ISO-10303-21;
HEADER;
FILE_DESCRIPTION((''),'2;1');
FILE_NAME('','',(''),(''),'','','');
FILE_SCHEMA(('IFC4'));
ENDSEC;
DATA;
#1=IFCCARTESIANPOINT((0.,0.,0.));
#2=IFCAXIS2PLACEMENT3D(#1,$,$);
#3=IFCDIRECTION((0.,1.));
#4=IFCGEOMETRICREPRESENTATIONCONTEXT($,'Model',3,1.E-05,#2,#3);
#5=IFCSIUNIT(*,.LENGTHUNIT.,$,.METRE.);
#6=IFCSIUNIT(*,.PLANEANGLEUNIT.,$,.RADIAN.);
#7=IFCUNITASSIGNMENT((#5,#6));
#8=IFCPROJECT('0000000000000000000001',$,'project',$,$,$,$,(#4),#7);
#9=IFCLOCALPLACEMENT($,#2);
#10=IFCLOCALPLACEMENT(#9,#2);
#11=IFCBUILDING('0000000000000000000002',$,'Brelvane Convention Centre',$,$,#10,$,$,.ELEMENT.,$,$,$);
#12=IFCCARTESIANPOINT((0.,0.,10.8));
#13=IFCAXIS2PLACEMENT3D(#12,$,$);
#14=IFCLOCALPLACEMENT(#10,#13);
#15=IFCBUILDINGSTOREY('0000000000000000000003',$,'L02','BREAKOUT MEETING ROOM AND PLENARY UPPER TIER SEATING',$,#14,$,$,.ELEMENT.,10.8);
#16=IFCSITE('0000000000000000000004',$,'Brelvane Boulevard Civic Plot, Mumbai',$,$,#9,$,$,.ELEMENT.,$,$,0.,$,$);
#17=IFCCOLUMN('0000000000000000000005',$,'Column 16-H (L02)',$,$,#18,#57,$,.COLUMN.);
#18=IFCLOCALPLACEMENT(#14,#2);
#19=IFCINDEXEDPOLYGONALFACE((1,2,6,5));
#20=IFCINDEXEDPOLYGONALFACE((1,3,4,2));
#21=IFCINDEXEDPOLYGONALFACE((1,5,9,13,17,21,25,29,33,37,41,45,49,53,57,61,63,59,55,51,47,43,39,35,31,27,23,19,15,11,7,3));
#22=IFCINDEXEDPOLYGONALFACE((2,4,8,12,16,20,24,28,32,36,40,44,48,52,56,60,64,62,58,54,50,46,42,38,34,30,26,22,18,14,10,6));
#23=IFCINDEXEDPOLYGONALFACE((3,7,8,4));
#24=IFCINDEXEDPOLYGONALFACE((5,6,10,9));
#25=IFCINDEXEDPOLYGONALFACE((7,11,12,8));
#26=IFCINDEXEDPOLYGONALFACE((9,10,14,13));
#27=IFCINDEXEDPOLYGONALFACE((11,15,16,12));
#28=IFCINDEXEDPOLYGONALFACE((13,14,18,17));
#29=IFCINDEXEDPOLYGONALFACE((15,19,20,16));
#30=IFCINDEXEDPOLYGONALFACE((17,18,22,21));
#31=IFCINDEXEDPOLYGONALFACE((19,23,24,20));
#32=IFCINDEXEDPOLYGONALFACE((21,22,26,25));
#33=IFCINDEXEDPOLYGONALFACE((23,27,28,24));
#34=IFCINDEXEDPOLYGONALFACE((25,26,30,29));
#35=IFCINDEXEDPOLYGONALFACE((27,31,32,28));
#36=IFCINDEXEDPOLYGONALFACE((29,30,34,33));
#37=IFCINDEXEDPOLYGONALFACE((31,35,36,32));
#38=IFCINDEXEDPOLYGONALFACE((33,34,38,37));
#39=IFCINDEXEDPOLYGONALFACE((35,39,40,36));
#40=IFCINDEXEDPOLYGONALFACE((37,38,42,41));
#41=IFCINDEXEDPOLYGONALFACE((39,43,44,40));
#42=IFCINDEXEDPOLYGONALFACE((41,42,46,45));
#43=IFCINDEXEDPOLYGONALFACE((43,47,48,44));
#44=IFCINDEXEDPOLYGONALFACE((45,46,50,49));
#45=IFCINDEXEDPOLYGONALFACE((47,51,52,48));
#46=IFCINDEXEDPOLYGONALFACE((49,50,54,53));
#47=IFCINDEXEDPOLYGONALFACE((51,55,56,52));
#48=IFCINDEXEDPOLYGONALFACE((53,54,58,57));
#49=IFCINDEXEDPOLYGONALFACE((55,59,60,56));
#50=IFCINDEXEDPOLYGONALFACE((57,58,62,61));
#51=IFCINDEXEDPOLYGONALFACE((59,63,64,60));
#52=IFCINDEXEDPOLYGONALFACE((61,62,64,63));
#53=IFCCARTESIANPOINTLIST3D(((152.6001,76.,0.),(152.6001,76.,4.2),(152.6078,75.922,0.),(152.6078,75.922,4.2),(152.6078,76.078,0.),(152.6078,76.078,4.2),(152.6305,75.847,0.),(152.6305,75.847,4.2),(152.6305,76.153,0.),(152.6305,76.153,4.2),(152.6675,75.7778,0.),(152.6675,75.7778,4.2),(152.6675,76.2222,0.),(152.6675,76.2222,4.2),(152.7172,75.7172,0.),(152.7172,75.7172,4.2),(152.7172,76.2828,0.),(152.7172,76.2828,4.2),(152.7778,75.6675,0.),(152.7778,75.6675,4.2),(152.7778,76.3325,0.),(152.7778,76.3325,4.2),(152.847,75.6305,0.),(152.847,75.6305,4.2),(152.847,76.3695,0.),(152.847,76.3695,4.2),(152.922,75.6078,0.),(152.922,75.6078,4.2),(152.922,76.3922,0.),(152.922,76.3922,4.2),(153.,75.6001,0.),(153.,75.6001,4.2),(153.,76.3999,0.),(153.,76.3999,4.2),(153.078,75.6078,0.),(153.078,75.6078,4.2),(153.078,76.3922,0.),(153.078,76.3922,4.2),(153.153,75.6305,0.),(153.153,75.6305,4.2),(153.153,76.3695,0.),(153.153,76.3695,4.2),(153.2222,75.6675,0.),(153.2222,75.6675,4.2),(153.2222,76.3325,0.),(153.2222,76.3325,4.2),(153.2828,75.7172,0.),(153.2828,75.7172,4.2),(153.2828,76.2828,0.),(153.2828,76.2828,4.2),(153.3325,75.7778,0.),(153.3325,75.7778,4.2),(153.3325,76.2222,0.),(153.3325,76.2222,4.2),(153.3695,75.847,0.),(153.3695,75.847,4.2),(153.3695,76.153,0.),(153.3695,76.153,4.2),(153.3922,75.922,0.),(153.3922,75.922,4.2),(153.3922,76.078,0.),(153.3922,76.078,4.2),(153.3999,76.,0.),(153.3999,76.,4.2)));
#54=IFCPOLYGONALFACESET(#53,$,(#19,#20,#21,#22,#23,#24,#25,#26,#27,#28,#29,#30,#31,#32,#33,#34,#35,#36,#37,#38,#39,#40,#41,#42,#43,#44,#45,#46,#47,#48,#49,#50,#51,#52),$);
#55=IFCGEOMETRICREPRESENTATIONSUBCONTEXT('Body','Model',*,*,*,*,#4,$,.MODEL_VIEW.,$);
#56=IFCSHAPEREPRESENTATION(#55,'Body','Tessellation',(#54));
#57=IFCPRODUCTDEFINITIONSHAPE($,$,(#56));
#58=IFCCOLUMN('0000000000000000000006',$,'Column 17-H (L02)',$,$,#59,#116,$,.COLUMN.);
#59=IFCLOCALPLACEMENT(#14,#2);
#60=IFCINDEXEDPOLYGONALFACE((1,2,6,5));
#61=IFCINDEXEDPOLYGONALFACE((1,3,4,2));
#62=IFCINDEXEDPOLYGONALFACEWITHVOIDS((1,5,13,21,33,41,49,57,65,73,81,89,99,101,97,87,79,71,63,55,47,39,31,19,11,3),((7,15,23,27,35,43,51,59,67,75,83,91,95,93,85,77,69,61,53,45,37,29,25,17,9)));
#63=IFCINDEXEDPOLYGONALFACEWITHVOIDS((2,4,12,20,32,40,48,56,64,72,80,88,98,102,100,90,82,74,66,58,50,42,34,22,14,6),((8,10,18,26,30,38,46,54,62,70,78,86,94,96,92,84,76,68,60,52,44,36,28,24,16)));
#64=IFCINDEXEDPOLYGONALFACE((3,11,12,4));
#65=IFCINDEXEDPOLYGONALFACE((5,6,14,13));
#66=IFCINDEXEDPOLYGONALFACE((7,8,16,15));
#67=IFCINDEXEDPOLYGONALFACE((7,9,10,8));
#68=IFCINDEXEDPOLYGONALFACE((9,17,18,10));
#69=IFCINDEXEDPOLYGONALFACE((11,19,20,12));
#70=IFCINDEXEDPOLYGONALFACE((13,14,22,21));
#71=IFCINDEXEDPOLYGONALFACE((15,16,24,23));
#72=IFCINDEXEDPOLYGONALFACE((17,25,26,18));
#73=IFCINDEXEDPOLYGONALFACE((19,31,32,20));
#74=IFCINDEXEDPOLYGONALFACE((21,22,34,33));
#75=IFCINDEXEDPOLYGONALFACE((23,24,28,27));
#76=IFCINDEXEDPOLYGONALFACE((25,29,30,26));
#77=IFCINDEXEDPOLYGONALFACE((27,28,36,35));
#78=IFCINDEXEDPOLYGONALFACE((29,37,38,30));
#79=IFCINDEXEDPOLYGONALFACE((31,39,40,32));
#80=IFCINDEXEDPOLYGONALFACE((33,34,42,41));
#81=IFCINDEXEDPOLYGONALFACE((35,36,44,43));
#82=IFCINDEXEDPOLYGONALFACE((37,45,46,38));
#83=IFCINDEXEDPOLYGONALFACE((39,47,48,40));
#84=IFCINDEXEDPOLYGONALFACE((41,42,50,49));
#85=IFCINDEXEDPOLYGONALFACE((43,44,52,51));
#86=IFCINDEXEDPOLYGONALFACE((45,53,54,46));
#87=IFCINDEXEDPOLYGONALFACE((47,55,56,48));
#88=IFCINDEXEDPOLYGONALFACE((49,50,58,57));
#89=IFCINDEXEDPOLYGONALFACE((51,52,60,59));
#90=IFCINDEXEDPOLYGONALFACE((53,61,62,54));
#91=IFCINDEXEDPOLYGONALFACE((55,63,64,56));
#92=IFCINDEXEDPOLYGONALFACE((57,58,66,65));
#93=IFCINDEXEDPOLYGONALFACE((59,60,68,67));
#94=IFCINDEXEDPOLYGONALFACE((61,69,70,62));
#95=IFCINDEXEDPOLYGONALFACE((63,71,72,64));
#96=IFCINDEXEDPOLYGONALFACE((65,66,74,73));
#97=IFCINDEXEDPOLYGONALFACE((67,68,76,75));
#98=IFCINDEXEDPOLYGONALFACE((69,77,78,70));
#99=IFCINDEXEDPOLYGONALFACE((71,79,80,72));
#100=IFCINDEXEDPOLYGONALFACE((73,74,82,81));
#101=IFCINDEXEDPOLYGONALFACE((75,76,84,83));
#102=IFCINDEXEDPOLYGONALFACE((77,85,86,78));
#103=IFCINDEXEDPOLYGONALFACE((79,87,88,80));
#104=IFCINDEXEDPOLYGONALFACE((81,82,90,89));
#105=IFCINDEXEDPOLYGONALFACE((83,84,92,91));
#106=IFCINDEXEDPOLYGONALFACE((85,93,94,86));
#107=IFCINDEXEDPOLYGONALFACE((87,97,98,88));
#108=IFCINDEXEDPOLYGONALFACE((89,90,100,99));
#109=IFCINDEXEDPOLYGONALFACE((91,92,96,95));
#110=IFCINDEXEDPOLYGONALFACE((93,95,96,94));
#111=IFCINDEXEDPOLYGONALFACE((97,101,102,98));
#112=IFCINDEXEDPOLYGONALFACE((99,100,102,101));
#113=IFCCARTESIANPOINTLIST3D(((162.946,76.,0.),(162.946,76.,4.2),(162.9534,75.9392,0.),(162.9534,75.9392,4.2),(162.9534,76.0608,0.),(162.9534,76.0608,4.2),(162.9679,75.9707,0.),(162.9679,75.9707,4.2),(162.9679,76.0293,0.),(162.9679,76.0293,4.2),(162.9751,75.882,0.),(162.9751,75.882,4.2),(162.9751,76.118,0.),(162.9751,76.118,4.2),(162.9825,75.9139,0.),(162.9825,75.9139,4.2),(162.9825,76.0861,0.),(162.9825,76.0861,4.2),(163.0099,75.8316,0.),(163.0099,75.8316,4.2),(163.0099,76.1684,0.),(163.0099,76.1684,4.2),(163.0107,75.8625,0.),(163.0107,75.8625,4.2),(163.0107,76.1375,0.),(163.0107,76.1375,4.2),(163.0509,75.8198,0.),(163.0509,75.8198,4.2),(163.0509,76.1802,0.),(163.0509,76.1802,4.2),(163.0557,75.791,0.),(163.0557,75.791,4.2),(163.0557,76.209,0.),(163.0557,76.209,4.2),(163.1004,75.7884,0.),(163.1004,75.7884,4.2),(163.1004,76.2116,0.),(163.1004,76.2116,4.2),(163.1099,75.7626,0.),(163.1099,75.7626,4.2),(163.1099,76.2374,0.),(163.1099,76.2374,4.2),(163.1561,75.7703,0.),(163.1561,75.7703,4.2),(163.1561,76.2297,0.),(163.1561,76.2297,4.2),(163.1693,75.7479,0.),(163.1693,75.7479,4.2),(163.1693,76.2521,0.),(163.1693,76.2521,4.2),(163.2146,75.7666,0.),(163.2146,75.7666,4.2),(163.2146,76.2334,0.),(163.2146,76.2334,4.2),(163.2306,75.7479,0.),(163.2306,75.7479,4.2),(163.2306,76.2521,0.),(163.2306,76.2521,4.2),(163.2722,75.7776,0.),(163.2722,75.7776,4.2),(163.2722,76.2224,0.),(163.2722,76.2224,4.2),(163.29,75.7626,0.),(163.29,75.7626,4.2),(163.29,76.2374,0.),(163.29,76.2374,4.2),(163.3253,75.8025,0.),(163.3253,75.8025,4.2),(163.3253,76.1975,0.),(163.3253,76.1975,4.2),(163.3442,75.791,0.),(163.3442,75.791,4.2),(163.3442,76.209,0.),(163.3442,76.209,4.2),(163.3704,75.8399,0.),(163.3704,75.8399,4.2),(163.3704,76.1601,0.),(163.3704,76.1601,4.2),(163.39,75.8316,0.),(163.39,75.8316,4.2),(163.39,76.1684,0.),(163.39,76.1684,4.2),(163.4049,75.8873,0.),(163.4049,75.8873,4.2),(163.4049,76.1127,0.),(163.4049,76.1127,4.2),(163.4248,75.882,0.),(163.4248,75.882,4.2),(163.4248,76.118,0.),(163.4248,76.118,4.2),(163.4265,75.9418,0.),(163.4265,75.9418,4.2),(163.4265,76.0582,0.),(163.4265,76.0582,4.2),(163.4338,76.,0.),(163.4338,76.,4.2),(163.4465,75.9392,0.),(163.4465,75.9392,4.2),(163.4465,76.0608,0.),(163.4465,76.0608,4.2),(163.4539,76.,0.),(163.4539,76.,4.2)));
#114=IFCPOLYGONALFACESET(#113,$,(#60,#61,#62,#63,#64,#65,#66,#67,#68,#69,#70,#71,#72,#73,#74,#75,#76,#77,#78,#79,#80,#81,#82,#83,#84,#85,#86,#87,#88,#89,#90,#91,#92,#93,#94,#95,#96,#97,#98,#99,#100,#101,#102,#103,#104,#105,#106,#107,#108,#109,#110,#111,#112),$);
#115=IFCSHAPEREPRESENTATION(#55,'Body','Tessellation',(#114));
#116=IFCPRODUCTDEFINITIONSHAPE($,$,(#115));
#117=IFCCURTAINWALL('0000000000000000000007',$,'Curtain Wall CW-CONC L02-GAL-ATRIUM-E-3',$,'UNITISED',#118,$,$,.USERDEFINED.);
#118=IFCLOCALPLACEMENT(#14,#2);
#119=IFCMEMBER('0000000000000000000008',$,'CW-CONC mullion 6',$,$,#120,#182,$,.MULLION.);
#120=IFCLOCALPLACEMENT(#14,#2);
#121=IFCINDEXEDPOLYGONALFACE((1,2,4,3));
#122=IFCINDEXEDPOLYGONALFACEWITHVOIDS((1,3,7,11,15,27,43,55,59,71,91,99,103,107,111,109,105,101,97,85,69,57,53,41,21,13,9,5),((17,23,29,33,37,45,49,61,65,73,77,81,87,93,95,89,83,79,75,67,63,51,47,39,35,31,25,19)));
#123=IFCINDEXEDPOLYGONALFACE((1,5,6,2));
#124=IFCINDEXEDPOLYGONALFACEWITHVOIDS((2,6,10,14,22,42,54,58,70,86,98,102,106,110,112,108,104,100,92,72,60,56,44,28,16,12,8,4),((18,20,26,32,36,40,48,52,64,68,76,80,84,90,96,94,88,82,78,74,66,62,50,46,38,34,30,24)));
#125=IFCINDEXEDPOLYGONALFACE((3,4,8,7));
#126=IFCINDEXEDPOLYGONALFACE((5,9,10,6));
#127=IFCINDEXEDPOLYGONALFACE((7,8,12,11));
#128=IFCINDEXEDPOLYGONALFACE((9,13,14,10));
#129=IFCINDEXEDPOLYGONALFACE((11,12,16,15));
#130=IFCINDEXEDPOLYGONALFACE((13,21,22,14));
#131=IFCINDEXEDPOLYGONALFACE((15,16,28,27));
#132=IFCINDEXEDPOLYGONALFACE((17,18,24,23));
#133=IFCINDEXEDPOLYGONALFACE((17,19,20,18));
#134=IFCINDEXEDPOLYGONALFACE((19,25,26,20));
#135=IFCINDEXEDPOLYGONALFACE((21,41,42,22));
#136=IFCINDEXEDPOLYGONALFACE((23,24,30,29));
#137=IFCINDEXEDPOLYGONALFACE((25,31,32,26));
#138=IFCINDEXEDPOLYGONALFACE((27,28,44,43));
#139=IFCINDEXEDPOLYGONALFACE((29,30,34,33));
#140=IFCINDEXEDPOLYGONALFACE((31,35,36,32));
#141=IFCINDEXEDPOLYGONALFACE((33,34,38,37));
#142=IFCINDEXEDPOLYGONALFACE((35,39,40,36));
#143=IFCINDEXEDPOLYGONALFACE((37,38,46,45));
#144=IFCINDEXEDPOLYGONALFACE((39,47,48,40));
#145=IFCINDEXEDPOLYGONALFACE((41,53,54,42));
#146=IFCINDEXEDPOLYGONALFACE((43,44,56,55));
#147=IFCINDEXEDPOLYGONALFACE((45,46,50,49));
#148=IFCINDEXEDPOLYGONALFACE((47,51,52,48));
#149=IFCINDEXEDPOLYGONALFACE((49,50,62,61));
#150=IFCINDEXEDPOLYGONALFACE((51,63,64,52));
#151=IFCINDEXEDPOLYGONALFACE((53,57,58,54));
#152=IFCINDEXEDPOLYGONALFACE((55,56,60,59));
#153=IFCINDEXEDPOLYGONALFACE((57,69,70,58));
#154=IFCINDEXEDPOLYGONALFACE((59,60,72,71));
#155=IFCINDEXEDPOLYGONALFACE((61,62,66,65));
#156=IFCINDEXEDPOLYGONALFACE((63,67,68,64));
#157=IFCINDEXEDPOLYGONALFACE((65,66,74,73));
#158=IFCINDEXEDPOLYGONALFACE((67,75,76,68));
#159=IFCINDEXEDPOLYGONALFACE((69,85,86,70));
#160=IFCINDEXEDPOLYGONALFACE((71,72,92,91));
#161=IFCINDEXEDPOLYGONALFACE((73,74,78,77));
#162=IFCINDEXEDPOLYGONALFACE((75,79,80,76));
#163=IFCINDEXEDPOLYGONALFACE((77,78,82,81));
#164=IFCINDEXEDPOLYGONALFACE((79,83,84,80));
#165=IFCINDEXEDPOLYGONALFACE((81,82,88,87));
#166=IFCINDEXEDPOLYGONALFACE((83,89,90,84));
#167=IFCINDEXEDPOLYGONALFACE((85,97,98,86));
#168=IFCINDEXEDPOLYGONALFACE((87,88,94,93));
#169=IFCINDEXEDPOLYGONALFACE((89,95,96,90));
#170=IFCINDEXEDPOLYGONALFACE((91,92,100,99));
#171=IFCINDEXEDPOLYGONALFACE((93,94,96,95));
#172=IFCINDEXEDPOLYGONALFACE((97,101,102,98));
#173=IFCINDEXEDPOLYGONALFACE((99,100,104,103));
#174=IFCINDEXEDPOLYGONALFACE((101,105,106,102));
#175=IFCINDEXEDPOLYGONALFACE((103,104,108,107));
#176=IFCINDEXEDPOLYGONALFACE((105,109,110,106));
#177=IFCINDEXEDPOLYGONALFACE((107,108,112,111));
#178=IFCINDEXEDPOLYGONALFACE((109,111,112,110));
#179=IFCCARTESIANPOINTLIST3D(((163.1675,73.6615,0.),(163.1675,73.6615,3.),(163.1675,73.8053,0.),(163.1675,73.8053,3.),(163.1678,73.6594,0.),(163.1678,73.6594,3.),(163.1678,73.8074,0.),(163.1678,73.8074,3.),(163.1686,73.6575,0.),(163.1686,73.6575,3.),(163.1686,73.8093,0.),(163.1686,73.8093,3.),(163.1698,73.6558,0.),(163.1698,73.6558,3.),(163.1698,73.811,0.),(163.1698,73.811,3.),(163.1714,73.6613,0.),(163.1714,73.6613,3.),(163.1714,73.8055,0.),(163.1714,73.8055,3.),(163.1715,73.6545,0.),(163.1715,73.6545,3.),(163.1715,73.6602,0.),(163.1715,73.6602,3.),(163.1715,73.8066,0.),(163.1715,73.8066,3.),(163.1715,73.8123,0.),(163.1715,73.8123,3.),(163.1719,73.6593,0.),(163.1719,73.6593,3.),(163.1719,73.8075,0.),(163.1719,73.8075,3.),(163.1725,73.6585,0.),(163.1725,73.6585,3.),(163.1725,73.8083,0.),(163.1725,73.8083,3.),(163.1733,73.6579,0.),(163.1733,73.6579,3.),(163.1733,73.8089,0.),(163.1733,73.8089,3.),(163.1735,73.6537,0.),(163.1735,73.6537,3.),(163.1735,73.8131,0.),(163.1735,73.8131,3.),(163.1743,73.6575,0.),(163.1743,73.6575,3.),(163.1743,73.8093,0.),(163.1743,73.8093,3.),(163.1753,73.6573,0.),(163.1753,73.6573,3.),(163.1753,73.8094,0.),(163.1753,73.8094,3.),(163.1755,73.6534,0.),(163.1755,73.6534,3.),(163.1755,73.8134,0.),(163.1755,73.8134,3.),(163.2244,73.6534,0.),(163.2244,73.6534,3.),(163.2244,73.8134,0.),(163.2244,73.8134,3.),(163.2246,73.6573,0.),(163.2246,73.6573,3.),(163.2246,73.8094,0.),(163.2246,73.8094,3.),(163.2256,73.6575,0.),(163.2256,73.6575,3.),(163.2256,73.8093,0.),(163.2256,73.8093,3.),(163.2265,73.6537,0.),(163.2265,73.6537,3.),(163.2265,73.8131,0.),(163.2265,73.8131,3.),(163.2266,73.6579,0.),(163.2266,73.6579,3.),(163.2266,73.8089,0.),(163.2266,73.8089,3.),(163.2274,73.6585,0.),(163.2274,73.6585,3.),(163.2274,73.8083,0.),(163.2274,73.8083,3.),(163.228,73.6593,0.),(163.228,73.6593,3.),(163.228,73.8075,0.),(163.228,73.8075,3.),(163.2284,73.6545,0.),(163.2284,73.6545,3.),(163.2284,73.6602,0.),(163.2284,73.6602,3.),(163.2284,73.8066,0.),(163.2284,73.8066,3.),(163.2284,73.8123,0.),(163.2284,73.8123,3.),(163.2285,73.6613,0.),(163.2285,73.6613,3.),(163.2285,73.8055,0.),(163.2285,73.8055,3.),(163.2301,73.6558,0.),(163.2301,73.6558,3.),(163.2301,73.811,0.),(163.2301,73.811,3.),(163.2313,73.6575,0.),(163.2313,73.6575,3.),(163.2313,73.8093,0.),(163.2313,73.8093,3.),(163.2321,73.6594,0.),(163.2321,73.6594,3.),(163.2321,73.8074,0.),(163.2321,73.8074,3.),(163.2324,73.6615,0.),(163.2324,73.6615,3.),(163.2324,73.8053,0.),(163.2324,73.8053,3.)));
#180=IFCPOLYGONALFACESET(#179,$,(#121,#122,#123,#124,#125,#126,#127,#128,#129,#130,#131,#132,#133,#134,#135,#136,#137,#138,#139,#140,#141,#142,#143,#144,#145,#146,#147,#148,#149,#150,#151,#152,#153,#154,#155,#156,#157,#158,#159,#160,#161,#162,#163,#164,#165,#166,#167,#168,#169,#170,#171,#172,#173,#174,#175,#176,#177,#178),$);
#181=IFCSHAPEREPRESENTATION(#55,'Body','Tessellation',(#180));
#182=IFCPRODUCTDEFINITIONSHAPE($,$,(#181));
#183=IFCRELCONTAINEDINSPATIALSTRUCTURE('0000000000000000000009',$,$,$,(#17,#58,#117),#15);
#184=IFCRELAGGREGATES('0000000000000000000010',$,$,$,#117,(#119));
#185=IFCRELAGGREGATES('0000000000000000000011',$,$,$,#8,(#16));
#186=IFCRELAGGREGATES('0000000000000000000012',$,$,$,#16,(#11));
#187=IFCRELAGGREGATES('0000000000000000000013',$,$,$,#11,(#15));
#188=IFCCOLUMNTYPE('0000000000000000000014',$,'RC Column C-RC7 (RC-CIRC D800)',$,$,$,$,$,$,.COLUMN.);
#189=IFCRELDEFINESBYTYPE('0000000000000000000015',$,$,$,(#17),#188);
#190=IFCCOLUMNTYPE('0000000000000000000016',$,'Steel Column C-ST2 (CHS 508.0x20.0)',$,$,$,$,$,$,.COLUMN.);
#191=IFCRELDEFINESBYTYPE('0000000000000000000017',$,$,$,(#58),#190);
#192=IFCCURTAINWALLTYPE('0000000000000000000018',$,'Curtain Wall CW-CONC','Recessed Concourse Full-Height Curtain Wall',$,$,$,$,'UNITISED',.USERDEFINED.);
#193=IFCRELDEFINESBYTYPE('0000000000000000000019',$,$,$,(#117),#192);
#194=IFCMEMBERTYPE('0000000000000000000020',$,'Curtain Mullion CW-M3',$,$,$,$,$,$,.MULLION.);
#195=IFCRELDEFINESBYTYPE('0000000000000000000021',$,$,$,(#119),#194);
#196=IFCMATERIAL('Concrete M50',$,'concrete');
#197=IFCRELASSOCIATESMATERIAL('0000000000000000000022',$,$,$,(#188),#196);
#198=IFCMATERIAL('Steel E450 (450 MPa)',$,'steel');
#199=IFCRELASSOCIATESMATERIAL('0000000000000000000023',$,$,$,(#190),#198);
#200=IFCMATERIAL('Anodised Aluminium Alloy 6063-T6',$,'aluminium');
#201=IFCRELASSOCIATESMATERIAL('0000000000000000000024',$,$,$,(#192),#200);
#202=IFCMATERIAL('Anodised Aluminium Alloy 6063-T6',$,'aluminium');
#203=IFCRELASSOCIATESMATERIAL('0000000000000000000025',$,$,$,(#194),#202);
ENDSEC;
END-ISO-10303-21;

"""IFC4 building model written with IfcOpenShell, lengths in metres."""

from ifc_helpers import new_model, si_unit, direction, frame, origin, origin_2d, place, context, subcontext, project, spatial, hollow_rectangle, circle, hollow_circle, extrude, material, material_profile, profile_set, type_object, element, aggregate, save


model = new_model("IFC4")

# Units and contexts
model_context = context("Model", 3, precision=1e-05, world=origin(), true_north=direction((0.0, 1.0)))
body_context = subcontext(model_context, "Body", "Model", "MODEL_VIEW")
ifc_project = project(units=[si_unit("LENGTHUNIT", "METRE"), si_unit("PLANEANGLEUNIT", "RADIAN")], contexts=[model_context])

# Site, building, storey
site_placement = place(None, origin())
site = spatial("IfcSite", under=ifc_project, at=site_placement, Name="Brelvane Boulevard Civic Plot, Mumbai", CompositionType="ELEMENT", RefElevation=0.0)
building_placement = place(site_placement, origin())
building = spatial("IfcBuilding", under=site, at=building_placement, Name="Brelvane Convention Centre", CompositionType="ELEMENT")
storey_placement = place(building_placement, frame((0.0, 0.0, 10.8)))
storey = spatial("IfcBuildingStorey", under=building, at=storey_placement, Name="L02", Description="BREAKOUT MEETING ROOM AND PLENARY UPPER TIER SEATING", CompositionType="ELEMENT", Elevation=10.8)

# Columns
ifc_material_1 = material(Name="Concrete M50", Category="concrete")
ifc_material_profile_1 = material_profile(ifc_material_1, circle(Radius=0.3999, at=origin_2d()), Name="RC-CIRC D800")
ifc_profile_set_1 = profile_set([ifc_material_profile_1], Name="Concrete M50")
column_type_1 = type_object("IfcColumnType", Name="RC Column C-RC7 (RC-CIRC D800)", PredefinedType="COLUMN", material=ifc_profile_set_1)
column_1_placement = place(storey_placement, frame((153.0, 76.0, 0.0), z_axis=(0.0, 0.0, 1.0), x_axis=(1.0, 0.0, 0.0)))
element("IfcColumn", 1, at=column_1_placement, inside=storey, type_object=column_type_1, Name="Column 16-H (L02)", PredefinedType="COLUMN", context=body_context, shape_type="SweptSolid", body=[
    extrude(circle(Radius=0.3999, at=origin_2d()), origin(), (0.0, 0.0, 1.0), 4.2),
])
ifc_material_2 = material(Name="Steel E450 (450 MPa)", Category="steel")
ifc_material_profile_2 = material_profile(ifc_material_2, hollow_circle(Radius=0.2539, WallThickness=0.02, at=origin_2d()), Name="CHS 508.0x20.0")
ifc_profile_set_2 = profile_set([ifc_material_profile_2], Name="Steel E450 (450 MPa)")
column_type_2 = type_object("IfcColumnType", Name="Steel Column C-ST2 (CHS 508.0x20.0)", PredefinedType="COLUMN", material=ifc_profile_set_2)
column_2_placement = place(storey_placement, frame((163.2, 76.0, 0.0), z_axis=(0.0, 0.0, 1.0), x_axis=(1.0, 0.0, 0.0)))
element("IfcColumn", 2, at=column_2_placement, inside=storey, type_object=column_type_2, Name="Column 17-H (L02)", PredefinedType="COLUMN", context=body_context, shape_type="SweptSolid", body=[
    extrude(hollow_circle(Radius=0.2539, WallThickness=0.02, at=origin_2d()), origin(), (0.0, 0.0, 1.0), 4.2),
])

# Curtain wall, member
ifc_material_3 = material(Name="Anodised Aluminium Alloy 6063-T6", Category="aluminium")
curtain_wall_type = type_object("IfcCurtainWallType", Name="Curtain Wall CW-CONC", Description="Recessed Concourse Full-Height Curtain Wall", ElementType="UNITISED", PredefinedType="USERDEFINED", material=ifc_material_3)
curtain_wall_1_placement = place(storey_placement, origin())
curtain_wall_1 = element("IfcCurtainWall", 3, at=curtain_wall_1_placement, inside=storey, type_object=curtain_wall_type, Name="Curtain Wall CW-CONC L02-GAL-ATRIUM-E-3", ObjectType="UNITISED", PredefinedType="USERDEFINED")
ifc_material_4 = material(Name="Anodised Aluminium Alloy 6063-T6", Category="aluminium")
ifc_material_profile_3 = material_profile(ifc_material_4, hollow_rectangle(XDim=0.0649, YDim=0.1599, WallThickness=0.0039, InnerFilletRadius=0.0039, OuterFilletRadius=0.0081, at=origin_2d()), Name="ALU-M 160x65x4.0")
ifc_profile_set_3 = profile_set([ifc_material_profile_3], Name="Anodised Aluminium Alloy 6063-T6")
member_type_1 = type_object("IfcMemberType", Name="Curtain Mullion CW-M3", PredefinedType="MULLION", material=ifc_profile_set_3)
member_1_placement = place(storey_placement, frame((163.2, 73.7334, 0.0), z_axis=(0.0, 0.0, 1.0), x_axis=(-1.0, 0.0, 0.0)))
member_1 = element("IfcMember", 4, at=member_1_placement, type_object=member_type_1, Name="CW-CONC mullion 6", PredefinedType="MULLION", context=body_context, shape_type="SweptSolid", body=[
    extrude(hollow_rectangle(XDim=0.0649, YDim=0.1599, WallThickness=0.0039, InnerFilletRadius=0.0039, OuterFilletRadius=0.0081, at=origin_2d()), origin(), (0.0, 0.0, 1.0), 3.0),
])

aggregate(curtain_wall_1, [member_1])

save(model, "model.ifc")
